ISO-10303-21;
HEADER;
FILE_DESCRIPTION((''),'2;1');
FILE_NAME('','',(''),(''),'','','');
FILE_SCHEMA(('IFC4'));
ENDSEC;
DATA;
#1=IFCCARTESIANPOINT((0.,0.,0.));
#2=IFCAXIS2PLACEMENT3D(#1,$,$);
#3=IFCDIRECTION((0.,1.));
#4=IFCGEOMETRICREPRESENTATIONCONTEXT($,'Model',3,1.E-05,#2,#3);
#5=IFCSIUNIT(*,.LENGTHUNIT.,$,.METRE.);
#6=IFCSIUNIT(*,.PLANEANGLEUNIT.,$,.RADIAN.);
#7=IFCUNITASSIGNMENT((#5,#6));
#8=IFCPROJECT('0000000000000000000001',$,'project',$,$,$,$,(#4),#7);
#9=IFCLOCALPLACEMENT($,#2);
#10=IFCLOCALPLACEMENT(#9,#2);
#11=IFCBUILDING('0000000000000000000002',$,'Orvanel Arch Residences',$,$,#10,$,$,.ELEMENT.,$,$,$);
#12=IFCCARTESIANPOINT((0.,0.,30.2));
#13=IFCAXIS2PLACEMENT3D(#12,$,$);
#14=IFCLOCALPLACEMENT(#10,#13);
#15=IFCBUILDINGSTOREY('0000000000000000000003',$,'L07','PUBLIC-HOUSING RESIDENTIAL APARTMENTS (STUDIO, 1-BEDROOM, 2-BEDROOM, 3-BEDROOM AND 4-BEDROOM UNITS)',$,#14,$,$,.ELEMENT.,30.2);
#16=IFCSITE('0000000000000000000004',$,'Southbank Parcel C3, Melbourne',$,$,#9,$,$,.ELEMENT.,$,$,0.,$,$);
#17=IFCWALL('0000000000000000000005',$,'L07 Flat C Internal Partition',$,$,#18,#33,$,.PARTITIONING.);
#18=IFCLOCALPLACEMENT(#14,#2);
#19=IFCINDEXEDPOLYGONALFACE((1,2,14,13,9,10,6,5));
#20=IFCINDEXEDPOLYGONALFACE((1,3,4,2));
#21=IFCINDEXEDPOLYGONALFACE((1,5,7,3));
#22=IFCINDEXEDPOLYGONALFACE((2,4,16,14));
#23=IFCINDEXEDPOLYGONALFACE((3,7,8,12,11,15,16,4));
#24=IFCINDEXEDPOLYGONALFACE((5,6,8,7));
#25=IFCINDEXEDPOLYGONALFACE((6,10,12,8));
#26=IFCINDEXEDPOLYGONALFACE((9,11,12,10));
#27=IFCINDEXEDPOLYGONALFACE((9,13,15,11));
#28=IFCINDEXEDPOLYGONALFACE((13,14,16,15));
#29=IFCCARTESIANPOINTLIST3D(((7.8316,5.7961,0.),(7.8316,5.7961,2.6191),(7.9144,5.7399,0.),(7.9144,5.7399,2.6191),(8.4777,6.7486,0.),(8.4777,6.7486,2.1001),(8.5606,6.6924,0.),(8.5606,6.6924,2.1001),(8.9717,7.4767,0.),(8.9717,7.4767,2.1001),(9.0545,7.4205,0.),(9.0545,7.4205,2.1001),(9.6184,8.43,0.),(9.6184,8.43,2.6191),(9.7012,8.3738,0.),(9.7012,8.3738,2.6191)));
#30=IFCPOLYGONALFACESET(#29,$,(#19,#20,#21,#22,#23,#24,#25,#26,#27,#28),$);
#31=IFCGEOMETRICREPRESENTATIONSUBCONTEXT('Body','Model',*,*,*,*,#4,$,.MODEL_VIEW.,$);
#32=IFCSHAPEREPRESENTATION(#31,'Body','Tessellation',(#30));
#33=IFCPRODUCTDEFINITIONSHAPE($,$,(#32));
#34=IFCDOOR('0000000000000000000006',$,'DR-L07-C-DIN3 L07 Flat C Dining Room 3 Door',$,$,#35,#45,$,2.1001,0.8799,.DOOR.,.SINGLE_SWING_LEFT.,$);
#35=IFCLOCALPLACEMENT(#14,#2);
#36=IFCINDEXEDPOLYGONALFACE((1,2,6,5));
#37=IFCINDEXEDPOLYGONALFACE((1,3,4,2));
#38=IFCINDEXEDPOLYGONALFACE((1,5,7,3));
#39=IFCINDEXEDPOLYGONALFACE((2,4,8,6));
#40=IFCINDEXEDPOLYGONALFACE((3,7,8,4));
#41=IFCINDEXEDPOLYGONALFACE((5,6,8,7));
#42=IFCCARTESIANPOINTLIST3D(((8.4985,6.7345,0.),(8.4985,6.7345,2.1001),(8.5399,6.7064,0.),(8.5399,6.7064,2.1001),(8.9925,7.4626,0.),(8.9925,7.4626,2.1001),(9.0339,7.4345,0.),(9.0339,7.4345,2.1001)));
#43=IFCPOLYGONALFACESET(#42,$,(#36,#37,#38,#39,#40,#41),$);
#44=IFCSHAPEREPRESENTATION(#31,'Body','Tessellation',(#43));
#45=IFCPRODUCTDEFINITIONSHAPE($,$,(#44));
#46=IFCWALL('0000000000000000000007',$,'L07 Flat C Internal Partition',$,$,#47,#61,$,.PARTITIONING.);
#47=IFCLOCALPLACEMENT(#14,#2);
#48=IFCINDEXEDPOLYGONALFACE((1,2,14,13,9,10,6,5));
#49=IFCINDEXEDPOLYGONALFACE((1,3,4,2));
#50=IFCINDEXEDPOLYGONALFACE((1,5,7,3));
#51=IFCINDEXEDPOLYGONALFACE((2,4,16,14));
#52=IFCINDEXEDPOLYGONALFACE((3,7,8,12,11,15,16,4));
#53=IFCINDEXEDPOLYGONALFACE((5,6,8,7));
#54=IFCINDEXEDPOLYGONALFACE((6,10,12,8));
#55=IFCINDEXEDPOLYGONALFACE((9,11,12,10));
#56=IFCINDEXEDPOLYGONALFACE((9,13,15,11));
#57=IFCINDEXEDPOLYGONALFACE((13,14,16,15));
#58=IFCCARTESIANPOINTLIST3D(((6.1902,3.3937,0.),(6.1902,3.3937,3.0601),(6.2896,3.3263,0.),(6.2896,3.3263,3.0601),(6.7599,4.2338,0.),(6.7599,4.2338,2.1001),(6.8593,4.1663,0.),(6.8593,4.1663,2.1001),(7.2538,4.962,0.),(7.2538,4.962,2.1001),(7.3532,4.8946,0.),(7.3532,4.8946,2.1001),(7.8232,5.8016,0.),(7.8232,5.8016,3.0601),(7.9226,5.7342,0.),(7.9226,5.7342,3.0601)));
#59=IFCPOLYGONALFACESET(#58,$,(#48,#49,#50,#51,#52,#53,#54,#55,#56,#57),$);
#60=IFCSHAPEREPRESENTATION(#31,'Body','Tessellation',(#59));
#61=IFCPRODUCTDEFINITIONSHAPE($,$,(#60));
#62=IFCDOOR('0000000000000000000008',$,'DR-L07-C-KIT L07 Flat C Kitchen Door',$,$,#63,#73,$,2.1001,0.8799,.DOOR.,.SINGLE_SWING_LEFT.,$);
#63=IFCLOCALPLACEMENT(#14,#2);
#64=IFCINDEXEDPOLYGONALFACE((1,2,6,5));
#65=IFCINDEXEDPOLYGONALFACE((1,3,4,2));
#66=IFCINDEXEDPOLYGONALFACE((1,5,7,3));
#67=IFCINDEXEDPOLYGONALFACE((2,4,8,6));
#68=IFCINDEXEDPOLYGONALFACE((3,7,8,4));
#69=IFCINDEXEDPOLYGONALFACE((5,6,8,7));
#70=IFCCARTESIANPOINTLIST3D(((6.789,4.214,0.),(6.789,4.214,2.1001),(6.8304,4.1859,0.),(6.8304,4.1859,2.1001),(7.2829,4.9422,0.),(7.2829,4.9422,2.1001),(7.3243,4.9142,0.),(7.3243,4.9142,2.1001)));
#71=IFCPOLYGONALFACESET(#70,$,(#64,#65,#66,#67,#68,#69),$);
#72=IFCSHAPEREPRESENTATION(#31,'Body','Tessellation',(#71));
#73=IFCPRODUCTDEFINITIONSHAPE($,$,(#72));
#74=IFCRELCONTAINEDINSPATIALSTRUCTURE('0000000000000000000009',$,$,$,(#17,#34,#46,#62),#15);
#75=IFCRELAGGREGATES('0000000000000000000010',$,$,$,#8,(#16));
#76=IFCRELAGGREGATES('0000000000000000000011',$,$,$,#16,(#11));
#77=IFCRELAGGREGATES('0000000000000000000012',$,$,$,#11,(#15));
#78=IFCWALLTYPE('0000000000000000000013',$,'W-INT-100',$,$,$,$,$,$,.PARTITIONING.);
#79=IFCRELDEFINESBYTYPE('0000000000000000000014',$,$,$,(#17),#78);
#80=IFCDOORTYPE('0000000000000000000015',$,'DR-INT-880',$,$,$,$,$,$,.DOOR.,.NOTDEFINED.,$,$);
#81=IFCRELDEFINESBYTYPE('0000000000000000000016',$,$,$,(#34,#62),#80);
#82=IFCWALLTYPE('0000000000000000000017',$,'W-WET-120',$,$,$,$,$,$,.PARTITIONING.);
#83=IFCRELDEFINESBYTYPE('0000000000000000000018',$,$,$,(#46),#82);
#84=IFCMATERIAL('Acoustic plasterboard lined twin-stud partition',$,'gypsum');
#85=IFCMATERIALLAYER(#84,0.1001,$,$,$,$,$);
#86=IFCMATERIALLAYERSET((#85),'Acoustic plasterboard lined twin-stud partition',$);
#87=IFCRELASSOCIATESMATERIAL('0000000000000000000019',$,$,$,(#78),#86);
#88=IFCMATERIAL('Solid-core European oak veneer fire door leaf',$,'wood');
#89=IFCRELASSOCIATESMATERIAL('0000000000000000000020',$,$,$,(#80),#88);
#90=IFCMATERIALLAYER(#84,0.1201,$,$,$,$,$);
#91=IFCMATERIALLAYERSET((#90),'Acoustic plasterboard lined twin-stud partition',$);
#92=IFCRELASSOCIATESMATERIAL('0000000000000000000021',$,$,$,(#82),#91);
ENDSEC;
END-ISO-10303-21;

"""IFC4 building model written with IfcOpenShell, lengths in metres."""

from ifc_helpers import new_model, si_unit, direction, frame, frame_2d, origin, place, context, subcontext, project, spatial, rectangle, extrude, material, layer, layer_set, type_object, element, fill, save


model = new_model("IFC4")

# Units and contexts
model_context = context("Model", 3, precision=1e-05, world=origin(), true_north=direction((0.0, 1.0)))
body_context = subcontext(model_context, "Body", "Model", "MODEL_VIEW")
ifc_project = project(units=[si_unit("LENGTHUNIT", "METRE"), si_unit("PLANEANGLEUNIT", "RADIAN")], contexts=[model_context])

# Site, building, storey
site_placement = place(None, origin())
site = spatial("IfcSite", under=ifc_project, at=site_placement, Name="Southbank Parcel C3, Melbourne", CompositionType="ELEMENT", RefElevation=0.0)
building_placement = place(site_placement, origin())
building = spatial("IfcBuilding", under=site, at=building_placement, Name="Orvanel Arch Residences", CompositionType="ELEMENT")
storey_placement = place(building_placement, frame((0.0, 0.0, 30.2)))
storey = spatial("IfcBuildingStorey", under=building, at=storey_placement, Name="L07", Description="PUBLIC-HOUSING RESIDENTIAL APARTMENTS (STUDIO, 1-BEDROOM, 2-BEDROOM, 3-BEDROOM AND 4-BEDROOM UNITS)", CompositionType="ELEMENT", Elevation=30.2)

# Walls, openings, doors
ifc_material_1 = material(Name="Acoustic plasterboard lined twin-stud partition", Category="gypsum")
ifc_layer_1 = layer(ifc_material_1, 0.1001)
ifc_layer_set_1 = layer_set([ifc_layer_1], Name="Acoustic plasterboard lined twin-stud partition")
wall_type_1 = type_object("IfcWallType", Name="W-INT-100", PredefinedType="PARTITIONING", material=ifc_layer_set_1)
ifc_material_2 = material(Name="Solid-core European oak veneer fire door leaf", Category="wood")
door_type = type_object("IfcDoorType", Name="DR-INT-880", OperationType="NOTDEFINED", PredefinedType="DOOR", material=ifc_material_2)
wall_1_placement = place(storey_placement, frame((7.873, 5.7681, 0.0), z_axis=(0.0, 0.0, 1.0), x_axis=(0.561391, 0.827551, 0.0)))
wall_1 = element("IfcWall", 1, at=wall_1_placement, inside=storey, type_object=wall_type_1, Name="L07 Flat C Internal Partition", PredefinedType="PARTITIONING", context=body_context, shape_type="SweptSolid", body=[
    extrude(rectangle(XDim=3.1829, YDim=0.1001, at=frame_2d((1.5913, 0.0))), origin(), (0.0, 0.0, 1.0), 2.6191),
])
opening_1_placement = place(wall_1_placement, frame((1.1509, 0.0, 0.0)))
opening_1 = element("IfcOpeningElement", 2, at=opening_1_placement, cuts=wall_1, PredefinedType="OPENING", context=body_context, shape_type="SweptSolid", body=[
    extrude(rectangle(XDim=0.8799, YDim=2.1001, at=frame_2d((0.4399, 1.05))), frame((0.0, 0.0601, 0.0), z_axis=(0.0, -1.0, 0.0), x_axis=(1.0, 0.0, 0.0)), (0.0, 0.0, 1.0), 0.1201),
])
door_1_placement = place(opening_1_placement, origin())
door_1 = element("IfcDoor", 3, at=door_1_placement, inside=storey, type_object=door_type, Name="DR-L07-C-DIN3 L07 Flat C Dining Room 3 Door", OperationType="SINGLE_SWING_LEFT", OverallHeight=2.1001, OverallWidth=0.8799, PredefinedType="DOOR", context=body_context, shape_type="SweptSolid", body=[
    extrude(rectangle(XDim=0.8799, YDim=2.1001, at=frame_2d((0.4399, 1.05))), frame((0.0, 0.0249, 0.0), z_axis=(0.0, -1.0, 0.0), x_axis=(1.0, 0.0, 0.0)), (0.0, 0.0, 1.0), 0.05),
])
fill(opening_1, door_1)
ifc_layer_2 = layer(ifc_material_1, 0.1201)
ifc_layer_set_2 = layer_set([ifc_layer_2], Name="Acoustic plasterboard lined twin-stud partition")
wall_type_2 = type_object("IfcWallType", Name="W-WET-120", PredefinedType="PARTITIONING", material=ifc_layer_set_2)
wall_2_placement = place(storey_placement, frame((6.24, 3.3601, 0.0), z_axis=(0.0, 0.0, 1.0), x_axis=(0.561286, 0.827622, 0.0)))
wall_2 = element("IfcWall", 4, at=wall_2_placement, inside=storey, type_object=wall_type_2, Name="L07 Flat C Internal Partition", PredefinedType="PARTITIONING", context=body_context, shape_type="SweptSolid", body=[
    extrude(rectangle(XDim=2.9094, YDim=0.1201, at=frame_2d((1.4546, 0.0))), origin(), (0.0, 0.0, 1.0), 3.0601),
])
opening_2_placement = place(wall_2_placement, frame((1.0149, 0.0, 0.0)))
opening_2 = element("IfcOpeningElement", 5, at=opening_2_placement, cuts=wall_2, PredefinedType="OPENING", context=body_context, shape_type="SweptSolid", body=[
    extrude(rectangle(XDim=0.8799, YDim=2.1001, at=frame_2d((0.4399, 1.05))), frame((0.0, 0.0701, 0.0), z_axis=(0.0, -1.0, 0.0), x_axis=(1.0, 0.0, 0.0)), (0.0, 0.0, 1.0), 0.1401),
])
door_2_placement = place(opening_2_placement, origin())
door_2 = element("IfcDoor", 6, at=door_2_placement, inside=storey, type_object=door_type, Name="DR-L07-C-KIT L07 Flat C Kitchen Door", OperationType="SINGLE_SWING_LEFT", OverallHeight=2.1001, OverallWidth=0.8799, PredefinedType="DOOR", context=body_context, shape_type="SweptSolid", body=[
    extrude(rectangle(XDim=0.8799, YDim=2.1001, at=frame_2d((0.4399, 1.05))), frame((0.0, 0.0249, 0.0), z_axis=(0.0, -1.0, 0.0), x_axis=(1.0, 0.0, 0.0)), (0.0, 0.0, 1.0), 0.05),
])
fill(opening_2, door_2)

save(model, "model.ifc")
